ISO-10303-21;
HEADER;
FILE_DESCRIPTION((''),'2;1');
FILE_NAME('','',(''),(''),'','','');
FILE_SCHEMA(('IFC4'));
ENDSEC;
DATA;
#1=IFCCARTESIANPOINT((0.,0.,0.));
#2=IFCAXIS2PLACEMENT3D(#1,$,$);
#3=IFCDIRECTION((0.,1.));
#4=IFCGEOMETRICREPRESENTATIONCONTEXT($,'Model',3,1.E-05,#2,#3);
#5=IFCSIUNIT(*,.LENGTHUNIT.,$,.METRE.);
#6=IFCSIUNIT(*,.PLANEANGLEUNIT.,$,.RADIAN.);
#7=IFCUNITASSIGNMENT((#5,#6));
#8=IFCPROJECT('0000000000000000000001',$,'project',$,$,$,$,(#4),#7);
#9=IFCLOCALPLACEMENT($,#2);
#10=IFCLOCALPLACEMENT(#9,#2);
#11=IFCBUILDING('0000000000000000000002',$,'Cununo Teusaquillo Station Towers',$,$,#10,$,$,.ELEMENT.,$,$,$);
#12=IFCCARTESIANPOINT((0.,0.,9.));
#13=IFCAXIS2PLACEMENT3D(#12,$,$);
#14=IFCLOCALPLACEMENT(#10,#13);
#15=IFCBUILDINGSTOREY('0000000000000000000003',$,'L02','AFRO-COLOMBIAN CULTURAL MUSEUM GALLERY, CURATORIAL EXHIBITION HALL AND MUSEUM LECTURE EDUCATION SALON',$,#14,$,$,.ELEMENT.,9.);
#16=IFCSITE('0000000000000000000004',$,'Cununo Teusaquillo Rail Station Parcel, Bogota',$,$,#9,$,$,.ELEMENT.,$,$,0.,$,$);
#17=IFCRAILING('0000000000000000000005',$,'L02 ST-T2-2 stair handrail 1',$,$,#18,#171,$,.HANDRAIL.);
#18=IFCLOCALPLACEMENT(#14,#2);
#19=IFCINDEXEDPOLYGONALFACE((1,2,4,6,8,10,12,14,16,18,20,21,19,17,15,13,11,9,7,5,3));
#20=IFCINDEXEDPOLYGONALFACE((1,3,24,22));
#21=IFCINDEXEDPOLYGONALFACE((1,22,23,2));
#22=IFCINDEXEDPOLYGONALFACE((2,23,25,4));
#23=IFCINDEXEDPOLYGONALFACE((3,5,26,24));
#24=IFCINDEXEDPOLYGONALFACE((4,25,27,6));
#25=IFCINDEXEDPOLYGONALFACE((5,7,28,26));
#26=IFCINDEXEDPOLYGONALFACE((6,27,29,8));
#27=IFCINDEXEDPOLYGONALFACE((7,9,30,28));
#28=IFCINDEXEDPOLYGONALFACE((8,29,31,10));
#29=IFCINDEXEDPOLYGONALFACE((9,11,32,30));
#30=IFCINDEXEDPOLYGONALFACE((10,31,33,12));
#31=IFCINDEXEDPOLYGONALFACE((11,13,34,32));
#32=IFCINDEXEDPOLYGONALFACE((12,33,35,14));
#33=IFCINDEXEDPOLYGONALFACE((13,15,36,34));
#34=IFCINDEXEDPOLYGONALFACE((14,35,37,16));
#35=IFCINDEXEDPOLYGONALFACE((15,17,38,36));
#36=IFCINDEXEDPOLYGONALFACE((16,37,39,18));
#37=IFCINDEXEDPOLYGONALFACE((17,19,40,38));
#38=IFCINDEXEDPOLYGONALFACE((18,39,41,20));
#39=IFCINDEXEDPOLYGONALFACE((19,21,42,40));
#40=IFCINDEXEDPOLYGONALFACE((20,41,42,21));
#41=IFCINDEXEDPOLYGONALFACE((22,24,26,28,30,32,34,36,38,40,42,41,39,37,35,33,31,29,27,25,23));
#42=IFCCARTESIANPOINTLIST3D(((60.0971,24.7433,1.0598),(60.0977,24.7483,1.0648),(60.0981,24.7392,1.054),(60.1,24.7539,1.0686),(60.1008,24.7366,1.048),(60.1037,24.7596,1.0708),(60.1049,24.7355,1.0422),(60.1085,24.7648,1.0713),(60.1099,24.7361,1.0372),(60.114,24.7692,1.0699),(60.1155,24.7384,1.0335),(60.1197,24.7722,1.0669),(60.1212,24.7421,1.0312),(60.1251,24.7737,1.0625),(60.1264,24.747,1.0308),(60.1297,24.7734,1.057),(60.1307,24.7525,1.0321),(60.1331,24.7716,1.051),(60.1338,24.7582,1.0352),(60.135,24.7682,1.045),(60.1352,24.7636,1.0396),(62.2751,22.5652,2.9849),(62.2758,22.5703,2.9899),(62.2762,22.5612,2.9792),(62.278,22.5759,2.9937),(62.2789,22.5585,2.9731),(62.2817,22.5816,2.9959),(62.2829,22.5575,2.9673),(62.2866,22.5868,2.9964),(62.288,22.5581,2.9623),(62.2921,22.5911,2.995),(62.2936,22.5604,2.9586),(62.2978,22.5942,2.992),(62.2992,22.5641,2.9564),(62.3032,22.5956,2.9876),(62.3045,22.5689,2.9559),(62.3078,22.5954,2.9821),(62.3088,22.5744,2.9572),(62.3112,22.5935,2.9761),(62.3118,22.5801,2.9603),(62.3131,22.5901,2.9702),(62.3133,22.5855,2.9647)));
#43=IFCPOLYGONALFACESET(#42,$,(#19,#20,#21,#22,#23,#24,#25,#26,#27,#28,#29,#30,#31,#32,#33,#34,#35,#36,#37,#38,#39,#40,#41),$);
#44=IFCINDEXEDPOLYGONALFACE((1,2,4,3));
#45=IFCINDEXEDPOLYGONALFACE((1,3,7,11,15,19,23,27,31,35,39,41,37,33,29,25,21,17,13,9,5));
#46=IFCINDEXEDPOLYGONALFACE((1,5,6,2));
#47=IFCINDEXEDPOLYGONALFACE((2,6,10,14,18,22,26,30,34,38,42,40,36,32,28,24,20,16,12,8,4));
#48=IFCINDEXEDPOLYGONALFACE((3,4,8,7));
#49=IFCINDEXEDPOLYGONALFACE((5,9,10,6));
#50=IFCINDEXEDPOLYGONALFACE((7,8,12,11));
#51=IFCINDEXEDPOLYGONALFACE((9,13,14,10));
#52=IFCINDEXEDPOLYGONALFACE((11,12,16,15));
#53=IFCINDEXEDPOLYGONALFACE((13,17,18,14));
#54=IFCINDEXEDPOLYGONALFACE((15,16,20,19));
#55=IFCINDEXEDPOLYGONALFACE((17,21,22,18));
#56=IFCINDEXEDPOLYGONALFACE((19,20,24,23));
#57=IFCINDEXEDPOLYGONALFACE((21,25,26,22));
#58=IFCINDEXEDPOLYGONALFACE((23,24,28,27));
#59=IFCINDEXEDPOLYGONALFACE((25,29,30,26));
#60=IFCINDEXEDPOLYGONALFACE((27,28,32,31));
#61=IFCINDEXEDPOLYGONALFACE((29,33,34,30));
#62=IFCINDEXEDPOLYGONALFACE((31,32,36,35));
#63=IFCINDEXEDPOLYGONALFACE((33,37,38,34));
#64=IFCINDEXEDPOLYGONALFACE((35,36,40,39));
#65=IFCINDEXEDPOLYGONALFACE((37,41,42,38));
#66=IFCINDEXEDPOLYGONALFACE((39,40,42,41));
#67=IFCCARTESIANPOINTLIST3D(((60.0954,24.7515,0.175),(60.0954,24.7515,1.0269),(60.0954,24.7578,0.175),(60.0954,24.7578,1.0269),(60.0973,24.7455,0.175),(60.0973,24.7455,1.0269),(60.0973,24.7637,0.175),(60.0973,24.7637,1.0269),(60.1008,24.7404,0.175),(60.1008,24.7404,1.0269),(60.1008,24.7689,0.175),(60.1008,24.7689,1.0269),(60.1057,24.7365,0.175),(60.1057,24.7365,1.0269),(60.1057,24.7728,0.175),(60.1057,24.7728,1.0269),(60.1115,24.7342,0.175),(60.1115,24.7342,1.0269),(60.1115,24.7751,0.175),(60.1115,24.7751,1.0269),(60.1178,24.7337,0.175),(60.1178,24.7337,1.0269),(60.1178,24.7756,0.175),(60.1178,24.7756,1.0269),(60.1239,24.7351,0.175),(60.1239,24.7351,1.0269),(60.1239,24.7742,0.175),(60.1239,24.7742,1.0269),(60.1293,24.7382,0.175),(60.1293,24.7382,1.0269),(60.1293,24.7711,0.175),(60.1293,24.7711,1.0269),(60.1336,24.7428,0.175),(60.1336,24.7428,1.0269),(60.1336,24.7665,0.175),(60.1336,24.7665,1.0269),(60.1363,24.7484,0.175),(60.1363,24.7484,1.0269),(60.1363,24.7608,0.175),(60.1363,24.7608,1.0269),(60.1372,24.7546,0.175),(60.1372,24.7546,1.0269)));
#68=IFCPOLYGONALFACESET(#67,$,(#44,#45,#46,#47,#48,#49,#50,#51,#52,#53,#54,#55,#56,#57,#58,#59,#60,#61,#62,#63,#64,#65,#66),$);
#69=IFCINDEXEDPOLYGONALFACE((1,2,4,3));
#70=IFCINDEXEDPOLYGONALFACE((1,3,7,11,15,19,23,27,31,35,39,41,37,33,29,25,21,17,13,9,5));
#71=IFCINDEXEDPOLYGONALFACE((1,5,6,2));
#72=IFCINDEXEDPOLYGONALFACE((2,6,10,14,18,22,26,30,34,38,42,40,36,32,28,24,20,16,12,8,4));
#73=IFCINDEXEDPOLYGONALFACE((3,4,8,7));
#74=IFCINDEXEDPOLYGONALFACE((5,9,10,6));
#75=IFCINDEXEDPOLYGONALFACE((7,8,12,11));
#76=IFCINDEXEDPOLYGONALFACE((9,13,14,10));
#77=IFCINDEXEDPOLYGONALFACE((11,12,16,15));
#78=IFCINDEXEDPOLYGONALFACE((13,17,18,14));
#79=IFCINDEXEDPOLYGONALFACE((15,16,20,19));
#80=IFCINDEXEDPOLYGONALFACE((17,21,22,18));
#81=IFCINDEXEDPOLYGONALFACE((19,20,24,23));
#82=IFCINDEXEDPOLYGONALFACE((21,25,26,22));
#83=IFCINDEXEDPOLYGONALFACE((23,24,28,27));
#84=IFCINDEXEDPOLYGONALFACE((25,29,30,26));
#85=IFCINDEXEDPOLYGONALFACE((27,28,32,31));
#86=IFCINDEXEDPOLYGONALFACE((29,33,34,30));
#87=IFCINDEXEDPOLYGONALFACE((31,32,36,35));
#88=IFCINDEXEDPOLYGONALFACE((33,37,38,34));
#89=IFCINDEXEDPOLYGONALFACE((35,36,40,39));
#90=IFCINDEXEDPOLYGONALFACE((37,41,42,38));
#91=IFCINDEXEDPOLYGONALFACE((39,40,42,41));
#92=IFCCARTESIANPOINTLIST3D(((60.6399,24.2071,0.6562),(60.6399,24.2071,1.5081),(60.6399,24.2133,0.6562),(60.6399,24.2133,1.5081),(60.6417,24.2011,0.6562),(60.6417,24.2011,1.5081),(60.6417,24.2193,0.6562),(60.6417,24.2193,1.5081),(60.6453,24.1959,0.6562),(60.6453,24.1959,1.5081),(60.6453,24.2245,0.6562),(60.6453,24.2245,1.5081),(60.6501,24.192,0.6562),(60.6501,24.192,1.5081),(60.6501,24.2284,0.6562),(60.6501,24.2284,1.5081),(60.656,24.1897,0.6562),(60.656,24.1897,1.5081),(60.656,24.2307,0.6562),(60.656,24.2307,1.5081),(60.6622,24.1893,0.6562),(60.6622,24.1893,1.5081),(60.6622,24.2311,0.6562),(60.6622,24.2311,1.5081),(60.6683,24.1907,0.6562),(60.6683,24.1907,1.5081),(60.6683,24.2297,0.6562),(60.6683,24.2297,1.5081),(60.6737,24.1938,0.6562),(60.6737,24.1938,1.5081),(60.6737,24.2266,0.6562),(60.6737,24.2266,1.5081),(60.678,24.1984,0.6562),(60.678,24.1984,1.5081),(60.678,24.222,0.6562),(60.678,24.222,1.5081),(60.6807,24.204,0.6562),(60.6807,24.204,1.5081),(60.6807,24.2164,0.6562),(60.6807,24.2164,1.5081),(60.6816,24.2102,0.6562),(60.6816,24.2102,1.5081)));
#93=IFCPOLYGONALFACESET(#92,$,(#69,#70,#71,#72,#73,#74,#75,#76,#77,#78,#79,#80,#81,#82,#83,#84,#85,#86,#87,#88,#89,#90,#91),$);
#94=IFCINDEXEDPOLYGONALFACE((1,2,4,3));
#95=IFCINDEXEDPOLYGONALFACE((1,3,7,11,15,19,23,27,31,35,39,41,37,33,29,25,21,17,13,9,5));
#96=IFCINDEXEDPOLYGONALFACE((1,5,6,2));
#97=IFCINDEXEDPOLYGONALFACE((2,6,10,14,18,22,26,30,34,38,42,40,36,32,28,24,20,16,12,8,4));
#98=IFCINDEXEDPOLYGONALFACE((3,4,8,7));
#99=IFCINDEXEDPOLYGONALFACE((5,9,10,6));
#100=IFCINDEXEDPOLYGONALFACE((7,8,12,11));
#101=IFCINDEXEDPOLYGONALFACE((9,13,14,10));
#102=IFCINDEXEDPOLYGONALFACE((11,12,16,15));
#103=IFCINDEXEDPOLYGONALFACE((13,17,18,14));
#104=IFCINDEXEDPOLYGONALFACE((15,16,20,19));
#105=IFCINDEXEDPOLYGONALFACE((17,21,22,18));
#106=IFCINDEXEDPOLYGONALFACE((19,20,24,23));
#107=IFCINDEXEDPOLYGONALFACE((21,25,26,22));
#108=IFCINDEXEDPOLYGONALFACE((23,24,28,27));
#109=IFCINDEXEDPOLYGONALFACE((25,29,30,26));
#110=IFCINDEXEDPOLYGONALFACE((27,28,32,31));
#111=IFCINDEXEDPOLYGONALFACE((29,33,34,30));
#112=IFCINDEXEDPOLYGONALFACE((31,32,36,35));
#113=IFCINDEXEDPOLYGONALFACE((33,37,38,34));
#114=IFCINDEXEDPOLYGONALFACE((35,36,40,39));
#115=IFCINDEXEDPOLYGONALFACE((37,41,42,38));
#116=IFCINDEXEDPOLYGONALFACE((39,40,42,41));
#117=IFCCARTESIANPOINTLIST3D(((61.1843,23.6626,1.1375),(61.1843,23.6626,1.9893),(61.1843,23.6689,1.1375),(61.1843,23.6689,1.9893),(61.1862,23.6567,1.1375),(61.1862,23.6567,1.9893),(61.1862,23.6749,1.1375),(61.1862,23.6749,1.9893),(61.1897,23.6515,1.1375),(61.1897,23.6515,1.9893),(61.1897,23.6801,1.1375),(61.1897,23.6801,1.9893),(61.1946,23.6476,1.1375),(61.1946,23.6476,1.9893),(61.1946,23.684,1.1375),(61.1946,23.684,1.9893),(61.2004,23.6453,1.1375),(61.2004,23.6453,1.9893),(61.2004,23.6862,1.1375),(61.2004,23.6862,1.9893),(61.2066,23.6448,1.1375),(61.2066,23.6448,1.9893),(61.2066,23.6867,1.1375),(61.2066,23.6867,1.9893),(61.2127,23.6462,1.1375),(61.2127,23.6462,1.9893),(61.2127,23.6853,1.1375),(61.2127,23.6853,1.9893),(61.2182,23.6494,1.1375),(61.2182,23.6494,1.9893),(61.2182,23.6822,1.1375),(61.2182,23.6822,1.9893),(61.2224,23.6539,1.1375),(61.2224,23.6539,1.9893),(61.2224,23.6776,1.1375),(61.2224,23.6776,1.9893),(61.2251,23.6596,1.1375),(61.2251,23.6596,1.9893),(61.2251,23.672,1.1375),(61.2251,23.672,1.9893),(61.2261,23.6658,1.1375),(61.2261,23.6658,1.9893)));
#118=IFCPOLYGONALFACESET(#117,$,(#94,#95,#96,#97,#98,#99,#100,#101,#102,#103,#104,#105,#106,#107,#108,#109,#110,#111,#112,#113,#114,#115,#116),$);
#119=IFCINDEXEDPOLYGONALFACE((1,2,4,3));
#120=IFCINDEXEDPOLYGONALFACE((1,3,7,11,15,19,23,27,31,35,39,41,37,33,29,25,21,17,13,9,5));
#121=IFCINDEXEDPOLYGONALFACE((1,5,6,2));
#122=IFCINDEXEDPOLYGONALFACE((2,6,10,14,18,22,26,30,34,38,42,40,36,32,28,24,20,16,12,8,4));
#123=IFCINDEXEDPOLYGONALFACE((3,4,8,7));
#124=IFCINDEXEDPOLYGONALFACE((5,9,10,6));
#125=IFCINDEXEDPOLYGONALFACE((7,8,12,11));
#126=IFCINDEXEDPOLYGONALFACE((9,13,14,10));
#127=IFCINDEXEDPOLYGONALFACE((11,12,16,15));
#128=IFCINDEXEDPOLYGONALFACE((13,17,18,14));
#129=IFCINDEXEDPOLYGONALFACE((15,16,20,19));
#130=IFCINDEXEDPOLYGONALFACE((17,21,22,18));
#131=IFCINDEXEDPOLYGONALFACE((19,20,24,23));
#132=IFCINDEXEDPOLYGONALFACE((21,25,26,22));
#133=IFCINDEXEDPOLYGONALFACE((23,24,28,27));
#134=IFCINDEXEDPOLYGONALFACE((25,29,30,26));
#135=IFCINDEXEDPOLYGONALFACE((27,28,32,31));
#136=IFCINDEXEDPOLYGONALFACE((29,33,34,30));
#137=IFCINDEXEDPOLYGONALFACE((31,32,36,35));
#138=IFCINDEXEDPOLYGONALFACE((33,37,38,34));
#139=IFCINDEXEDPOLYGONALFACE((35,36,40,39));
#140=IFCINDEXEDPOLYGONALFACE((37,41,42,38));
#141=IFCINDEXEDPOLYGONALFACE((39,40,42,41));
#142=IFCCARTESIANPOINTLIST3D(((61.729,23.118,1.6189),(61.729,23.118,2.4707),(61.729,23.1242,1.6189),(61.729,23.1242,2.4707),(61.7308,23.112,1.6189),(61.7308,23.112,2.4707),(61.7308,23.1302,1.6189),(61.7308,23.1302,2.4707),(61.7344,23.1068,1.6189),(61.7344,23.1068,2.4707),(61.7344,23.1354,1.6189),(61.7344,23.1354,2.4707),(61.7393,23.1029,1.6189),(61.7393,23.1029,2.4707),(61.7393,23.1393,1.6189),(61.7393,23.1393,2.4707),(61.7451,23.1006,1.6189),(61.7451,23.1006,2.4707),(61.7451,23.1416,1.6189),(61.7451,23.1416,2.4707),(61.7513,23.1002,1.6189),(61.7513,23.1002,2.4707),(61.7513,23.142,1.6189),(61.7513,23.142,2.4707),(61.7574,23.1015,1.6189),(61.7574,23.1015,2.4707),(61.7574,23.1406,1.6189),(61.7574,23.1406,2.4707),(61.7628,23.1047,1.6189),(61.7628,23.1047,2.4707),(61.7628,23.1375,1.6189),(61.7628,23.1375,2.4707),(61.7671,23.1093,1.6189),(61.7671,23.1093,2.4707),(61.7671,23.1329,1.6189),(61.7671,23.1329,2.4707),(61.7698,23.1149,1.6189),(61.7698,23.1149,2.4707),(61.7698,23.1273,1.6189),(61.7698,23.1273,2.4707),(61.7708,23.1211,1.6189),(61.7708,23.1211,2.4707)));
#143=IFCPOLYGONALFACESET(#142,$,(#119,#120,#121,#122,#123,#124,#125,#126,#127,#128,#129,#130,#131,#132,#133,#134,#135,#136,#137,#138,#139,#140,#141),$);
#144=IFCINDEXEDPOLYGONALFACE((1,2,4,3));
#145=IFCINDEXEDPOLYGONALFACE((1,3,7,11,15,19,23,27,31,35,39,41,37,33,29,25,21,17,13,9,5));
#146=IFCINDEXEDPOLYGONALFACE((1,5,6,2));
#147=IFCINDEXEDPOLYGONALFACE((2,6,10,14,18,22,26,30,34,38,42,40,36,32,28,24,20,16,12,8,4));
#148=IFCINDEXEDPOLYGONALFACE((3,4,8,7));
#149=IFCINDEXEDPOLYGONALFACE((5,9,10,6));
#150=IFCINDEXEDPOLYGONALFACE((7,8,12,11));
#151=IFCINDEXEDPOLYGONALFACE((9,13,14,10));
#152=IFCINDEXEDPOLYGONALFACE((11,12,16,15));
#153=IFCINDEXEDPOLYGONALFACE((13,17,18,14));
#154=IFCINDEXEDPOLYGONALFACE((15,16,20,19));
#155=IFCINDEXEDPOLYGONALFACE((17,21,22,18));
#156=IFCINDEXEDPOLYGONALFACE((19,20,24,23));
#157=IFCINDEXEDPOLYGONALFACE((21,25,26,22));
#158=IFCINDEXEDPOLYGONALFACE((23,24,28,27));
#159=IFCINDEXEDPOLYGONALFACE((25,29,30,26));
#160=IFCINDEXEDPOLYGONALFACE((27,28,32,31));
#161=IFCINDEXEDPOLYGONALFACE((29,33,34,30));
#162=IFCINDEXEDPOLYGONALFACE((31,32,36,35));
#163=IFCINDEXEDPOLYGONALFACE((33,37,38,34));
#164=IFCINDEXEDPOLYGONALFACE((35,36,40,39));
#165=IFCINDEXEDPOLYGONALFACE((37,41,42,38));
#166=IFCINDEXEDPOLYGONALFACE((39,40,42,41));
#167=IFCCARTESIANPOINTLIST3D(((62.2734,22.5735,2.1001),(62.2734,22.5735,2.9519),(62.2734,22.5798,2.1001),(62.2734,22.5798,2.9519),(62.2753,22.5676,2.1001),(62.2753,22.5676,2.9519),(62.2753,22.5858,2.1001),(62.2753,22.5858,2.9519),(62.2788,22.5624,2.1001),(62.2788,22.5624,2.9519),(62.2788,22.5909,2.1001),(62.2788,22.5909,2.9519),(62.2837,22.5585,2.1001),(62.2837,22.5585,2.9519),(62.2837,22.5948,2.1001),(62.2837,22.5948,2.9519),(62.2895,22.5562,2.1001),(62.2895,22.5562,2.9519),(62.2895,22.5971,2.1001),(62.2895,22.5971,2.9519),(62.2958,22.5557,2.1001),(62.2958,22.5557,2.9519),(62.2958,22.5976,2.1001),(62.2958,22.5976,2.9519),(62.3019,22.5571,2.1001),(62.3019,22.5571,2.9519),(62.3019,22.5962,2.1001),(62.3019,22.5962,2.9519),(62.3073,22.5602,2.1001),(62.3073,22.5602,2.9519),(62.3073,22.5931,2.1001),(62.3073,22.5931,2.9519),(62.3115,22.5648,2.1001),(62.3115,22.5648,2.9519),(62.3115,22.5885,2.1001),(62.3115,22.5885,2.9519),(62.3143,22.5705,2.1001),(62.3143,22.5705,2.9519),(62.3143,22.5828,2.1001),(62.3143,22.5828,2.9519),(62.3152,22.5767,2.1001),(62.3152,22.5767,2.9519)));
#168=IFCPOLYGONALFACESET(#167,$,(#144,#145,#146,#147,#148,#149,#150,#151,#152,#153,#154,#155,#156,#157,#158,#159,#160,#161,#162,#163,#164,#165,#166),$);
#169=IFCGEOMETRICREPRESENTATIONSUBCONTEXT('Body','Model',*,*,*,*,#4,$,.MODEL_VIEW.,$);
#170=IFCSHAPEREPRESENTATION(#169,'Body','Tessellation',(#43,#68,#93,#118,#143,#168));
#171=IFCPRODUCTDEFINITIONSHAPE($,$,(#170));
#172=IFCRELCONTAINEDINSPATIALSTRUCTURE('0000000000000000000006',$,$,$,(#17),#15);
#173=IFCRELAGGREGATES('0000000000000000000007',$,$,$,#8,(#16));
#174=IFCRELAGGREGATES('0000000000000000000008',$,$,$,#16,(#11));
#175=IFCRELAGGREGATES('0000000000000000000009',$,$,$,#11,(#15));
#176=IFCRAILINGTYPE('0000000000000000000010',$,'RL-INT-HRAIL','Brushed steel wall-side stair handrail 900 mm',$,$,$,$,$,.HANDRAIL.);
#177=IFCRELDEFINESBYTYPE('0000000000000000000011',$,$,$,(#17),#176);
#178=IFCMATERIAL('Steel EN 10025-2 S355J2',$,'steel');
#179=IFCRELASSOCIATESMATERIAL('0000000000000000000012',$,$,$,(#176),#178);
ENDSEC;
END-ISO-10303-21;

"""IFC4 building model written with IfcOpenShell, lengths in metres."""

from ifc_helpers import new_model, si_unit, direction, frame, origin, origin_2d, place, context, subcontext, project, spatial, circle, extrude, material, type_object, element, save


model = new_model("IFC4")

# Units and contexts
model_context = context("Model", 3, precision=1e-05, world=origin(), true_north=direction((0.0, 1.0)))
body_context = subcontext(model_context, "Body", "Model", "MODEL_VIEW")
ifc_project = project(units=[si_unit("LENGTHUNIT", "METRE"), si_unit("PLANEANGLEUNIT", "RADIAN")], contexts=[model_context])

# Site, building, storey
site_placement = place(None, origin())
site = spatial("IfcSite", under=ifc_project, at=site_placement, Name="Cununo Teusaquillo Rail Station Parcel, Bogota", CompositionType="ELEMENT", RefElevation=0.0)
building_placement = place(site_placement, origin())
building = spatial("IfcBuilding", under=site, at=building_placement, Name="Cununo Teusaquillo Station Towers", CompositionType="ELEMENT")
storey_placement = place(building_placement, frame((0.0, 0.0, 9.0)))
storey = spatial("IfcBuildingStorey", under=building, at=storey_placement, Name="L02", Description="AFRO-COLOMBIAN CULTURAL MUSEUM GALLERY, CURATORIAL EXHIBITION HALL AND MUSEUM LECTURE EDUCATION SALON", CompositionType="ELEMENT", Elevation=9.0)

# Railing
ifc_material_1 = material(Name="Steel EN 10025-2 S355J2", Category="steel")
railing_type_1 = type_object("IfcRailingType", Name="RL-INT-HRAIL", Description="Brushed steel wall-side stair handrail 900 mm", PredefinedType="HANDRAIL", material=ifc_material_1)
railing_1_placement = place(storey_placement, frame((60.1162, 24.7546, 0.175)))
element("IfcRailing", 1, at=railing_1_placement, inside=storey, type_object=railing_type_1, Name="L02 ST-T2-2 stair handrail 1", PredefinedType="HANDRAIL", context=body_context, shape_type="SweptSolid", body=[
    extrude(circle(Radius=0.0239, at=origin_2d()), frame((0.0, 0.0, 0.876), z_axis=(0.599628, -0.599628, 0.529993), x_axis=(0.707107, 0.707107, 0.0)), (0.0, 0.0, 1.0), 3.6323),
    extrude(circle(Radius=0.021, at=origin_2d()), origin(), (0.0, 0.0, 1.0), 0.8518),
    extrude(circle(Radius=0.021, at=origin_2d()), frame((0.5444, -0.5444, 0.4812)), (0.0, 0.0, 1.0), 0.8518),
    extrude(circle(Radius=0.021, at=origin_2d()), frame((1.0889, -1.0889, 0.9624)), (0.0, 0.0, 1.0), 0.8518),
    extrude(circle(Radius=0.021, at=origin_2d()), frame((1.6335, -1.6335, 1.4438)), (0.0, 0.0, 1.0), 0.8518),
    extrude(circle(Radius=0.021, at=origin_2d()), frame((2.178, -2.178, 1.925)), (0.0, 0.0, 1.0), 0.8518),
])

save(model, "model.ifc")
